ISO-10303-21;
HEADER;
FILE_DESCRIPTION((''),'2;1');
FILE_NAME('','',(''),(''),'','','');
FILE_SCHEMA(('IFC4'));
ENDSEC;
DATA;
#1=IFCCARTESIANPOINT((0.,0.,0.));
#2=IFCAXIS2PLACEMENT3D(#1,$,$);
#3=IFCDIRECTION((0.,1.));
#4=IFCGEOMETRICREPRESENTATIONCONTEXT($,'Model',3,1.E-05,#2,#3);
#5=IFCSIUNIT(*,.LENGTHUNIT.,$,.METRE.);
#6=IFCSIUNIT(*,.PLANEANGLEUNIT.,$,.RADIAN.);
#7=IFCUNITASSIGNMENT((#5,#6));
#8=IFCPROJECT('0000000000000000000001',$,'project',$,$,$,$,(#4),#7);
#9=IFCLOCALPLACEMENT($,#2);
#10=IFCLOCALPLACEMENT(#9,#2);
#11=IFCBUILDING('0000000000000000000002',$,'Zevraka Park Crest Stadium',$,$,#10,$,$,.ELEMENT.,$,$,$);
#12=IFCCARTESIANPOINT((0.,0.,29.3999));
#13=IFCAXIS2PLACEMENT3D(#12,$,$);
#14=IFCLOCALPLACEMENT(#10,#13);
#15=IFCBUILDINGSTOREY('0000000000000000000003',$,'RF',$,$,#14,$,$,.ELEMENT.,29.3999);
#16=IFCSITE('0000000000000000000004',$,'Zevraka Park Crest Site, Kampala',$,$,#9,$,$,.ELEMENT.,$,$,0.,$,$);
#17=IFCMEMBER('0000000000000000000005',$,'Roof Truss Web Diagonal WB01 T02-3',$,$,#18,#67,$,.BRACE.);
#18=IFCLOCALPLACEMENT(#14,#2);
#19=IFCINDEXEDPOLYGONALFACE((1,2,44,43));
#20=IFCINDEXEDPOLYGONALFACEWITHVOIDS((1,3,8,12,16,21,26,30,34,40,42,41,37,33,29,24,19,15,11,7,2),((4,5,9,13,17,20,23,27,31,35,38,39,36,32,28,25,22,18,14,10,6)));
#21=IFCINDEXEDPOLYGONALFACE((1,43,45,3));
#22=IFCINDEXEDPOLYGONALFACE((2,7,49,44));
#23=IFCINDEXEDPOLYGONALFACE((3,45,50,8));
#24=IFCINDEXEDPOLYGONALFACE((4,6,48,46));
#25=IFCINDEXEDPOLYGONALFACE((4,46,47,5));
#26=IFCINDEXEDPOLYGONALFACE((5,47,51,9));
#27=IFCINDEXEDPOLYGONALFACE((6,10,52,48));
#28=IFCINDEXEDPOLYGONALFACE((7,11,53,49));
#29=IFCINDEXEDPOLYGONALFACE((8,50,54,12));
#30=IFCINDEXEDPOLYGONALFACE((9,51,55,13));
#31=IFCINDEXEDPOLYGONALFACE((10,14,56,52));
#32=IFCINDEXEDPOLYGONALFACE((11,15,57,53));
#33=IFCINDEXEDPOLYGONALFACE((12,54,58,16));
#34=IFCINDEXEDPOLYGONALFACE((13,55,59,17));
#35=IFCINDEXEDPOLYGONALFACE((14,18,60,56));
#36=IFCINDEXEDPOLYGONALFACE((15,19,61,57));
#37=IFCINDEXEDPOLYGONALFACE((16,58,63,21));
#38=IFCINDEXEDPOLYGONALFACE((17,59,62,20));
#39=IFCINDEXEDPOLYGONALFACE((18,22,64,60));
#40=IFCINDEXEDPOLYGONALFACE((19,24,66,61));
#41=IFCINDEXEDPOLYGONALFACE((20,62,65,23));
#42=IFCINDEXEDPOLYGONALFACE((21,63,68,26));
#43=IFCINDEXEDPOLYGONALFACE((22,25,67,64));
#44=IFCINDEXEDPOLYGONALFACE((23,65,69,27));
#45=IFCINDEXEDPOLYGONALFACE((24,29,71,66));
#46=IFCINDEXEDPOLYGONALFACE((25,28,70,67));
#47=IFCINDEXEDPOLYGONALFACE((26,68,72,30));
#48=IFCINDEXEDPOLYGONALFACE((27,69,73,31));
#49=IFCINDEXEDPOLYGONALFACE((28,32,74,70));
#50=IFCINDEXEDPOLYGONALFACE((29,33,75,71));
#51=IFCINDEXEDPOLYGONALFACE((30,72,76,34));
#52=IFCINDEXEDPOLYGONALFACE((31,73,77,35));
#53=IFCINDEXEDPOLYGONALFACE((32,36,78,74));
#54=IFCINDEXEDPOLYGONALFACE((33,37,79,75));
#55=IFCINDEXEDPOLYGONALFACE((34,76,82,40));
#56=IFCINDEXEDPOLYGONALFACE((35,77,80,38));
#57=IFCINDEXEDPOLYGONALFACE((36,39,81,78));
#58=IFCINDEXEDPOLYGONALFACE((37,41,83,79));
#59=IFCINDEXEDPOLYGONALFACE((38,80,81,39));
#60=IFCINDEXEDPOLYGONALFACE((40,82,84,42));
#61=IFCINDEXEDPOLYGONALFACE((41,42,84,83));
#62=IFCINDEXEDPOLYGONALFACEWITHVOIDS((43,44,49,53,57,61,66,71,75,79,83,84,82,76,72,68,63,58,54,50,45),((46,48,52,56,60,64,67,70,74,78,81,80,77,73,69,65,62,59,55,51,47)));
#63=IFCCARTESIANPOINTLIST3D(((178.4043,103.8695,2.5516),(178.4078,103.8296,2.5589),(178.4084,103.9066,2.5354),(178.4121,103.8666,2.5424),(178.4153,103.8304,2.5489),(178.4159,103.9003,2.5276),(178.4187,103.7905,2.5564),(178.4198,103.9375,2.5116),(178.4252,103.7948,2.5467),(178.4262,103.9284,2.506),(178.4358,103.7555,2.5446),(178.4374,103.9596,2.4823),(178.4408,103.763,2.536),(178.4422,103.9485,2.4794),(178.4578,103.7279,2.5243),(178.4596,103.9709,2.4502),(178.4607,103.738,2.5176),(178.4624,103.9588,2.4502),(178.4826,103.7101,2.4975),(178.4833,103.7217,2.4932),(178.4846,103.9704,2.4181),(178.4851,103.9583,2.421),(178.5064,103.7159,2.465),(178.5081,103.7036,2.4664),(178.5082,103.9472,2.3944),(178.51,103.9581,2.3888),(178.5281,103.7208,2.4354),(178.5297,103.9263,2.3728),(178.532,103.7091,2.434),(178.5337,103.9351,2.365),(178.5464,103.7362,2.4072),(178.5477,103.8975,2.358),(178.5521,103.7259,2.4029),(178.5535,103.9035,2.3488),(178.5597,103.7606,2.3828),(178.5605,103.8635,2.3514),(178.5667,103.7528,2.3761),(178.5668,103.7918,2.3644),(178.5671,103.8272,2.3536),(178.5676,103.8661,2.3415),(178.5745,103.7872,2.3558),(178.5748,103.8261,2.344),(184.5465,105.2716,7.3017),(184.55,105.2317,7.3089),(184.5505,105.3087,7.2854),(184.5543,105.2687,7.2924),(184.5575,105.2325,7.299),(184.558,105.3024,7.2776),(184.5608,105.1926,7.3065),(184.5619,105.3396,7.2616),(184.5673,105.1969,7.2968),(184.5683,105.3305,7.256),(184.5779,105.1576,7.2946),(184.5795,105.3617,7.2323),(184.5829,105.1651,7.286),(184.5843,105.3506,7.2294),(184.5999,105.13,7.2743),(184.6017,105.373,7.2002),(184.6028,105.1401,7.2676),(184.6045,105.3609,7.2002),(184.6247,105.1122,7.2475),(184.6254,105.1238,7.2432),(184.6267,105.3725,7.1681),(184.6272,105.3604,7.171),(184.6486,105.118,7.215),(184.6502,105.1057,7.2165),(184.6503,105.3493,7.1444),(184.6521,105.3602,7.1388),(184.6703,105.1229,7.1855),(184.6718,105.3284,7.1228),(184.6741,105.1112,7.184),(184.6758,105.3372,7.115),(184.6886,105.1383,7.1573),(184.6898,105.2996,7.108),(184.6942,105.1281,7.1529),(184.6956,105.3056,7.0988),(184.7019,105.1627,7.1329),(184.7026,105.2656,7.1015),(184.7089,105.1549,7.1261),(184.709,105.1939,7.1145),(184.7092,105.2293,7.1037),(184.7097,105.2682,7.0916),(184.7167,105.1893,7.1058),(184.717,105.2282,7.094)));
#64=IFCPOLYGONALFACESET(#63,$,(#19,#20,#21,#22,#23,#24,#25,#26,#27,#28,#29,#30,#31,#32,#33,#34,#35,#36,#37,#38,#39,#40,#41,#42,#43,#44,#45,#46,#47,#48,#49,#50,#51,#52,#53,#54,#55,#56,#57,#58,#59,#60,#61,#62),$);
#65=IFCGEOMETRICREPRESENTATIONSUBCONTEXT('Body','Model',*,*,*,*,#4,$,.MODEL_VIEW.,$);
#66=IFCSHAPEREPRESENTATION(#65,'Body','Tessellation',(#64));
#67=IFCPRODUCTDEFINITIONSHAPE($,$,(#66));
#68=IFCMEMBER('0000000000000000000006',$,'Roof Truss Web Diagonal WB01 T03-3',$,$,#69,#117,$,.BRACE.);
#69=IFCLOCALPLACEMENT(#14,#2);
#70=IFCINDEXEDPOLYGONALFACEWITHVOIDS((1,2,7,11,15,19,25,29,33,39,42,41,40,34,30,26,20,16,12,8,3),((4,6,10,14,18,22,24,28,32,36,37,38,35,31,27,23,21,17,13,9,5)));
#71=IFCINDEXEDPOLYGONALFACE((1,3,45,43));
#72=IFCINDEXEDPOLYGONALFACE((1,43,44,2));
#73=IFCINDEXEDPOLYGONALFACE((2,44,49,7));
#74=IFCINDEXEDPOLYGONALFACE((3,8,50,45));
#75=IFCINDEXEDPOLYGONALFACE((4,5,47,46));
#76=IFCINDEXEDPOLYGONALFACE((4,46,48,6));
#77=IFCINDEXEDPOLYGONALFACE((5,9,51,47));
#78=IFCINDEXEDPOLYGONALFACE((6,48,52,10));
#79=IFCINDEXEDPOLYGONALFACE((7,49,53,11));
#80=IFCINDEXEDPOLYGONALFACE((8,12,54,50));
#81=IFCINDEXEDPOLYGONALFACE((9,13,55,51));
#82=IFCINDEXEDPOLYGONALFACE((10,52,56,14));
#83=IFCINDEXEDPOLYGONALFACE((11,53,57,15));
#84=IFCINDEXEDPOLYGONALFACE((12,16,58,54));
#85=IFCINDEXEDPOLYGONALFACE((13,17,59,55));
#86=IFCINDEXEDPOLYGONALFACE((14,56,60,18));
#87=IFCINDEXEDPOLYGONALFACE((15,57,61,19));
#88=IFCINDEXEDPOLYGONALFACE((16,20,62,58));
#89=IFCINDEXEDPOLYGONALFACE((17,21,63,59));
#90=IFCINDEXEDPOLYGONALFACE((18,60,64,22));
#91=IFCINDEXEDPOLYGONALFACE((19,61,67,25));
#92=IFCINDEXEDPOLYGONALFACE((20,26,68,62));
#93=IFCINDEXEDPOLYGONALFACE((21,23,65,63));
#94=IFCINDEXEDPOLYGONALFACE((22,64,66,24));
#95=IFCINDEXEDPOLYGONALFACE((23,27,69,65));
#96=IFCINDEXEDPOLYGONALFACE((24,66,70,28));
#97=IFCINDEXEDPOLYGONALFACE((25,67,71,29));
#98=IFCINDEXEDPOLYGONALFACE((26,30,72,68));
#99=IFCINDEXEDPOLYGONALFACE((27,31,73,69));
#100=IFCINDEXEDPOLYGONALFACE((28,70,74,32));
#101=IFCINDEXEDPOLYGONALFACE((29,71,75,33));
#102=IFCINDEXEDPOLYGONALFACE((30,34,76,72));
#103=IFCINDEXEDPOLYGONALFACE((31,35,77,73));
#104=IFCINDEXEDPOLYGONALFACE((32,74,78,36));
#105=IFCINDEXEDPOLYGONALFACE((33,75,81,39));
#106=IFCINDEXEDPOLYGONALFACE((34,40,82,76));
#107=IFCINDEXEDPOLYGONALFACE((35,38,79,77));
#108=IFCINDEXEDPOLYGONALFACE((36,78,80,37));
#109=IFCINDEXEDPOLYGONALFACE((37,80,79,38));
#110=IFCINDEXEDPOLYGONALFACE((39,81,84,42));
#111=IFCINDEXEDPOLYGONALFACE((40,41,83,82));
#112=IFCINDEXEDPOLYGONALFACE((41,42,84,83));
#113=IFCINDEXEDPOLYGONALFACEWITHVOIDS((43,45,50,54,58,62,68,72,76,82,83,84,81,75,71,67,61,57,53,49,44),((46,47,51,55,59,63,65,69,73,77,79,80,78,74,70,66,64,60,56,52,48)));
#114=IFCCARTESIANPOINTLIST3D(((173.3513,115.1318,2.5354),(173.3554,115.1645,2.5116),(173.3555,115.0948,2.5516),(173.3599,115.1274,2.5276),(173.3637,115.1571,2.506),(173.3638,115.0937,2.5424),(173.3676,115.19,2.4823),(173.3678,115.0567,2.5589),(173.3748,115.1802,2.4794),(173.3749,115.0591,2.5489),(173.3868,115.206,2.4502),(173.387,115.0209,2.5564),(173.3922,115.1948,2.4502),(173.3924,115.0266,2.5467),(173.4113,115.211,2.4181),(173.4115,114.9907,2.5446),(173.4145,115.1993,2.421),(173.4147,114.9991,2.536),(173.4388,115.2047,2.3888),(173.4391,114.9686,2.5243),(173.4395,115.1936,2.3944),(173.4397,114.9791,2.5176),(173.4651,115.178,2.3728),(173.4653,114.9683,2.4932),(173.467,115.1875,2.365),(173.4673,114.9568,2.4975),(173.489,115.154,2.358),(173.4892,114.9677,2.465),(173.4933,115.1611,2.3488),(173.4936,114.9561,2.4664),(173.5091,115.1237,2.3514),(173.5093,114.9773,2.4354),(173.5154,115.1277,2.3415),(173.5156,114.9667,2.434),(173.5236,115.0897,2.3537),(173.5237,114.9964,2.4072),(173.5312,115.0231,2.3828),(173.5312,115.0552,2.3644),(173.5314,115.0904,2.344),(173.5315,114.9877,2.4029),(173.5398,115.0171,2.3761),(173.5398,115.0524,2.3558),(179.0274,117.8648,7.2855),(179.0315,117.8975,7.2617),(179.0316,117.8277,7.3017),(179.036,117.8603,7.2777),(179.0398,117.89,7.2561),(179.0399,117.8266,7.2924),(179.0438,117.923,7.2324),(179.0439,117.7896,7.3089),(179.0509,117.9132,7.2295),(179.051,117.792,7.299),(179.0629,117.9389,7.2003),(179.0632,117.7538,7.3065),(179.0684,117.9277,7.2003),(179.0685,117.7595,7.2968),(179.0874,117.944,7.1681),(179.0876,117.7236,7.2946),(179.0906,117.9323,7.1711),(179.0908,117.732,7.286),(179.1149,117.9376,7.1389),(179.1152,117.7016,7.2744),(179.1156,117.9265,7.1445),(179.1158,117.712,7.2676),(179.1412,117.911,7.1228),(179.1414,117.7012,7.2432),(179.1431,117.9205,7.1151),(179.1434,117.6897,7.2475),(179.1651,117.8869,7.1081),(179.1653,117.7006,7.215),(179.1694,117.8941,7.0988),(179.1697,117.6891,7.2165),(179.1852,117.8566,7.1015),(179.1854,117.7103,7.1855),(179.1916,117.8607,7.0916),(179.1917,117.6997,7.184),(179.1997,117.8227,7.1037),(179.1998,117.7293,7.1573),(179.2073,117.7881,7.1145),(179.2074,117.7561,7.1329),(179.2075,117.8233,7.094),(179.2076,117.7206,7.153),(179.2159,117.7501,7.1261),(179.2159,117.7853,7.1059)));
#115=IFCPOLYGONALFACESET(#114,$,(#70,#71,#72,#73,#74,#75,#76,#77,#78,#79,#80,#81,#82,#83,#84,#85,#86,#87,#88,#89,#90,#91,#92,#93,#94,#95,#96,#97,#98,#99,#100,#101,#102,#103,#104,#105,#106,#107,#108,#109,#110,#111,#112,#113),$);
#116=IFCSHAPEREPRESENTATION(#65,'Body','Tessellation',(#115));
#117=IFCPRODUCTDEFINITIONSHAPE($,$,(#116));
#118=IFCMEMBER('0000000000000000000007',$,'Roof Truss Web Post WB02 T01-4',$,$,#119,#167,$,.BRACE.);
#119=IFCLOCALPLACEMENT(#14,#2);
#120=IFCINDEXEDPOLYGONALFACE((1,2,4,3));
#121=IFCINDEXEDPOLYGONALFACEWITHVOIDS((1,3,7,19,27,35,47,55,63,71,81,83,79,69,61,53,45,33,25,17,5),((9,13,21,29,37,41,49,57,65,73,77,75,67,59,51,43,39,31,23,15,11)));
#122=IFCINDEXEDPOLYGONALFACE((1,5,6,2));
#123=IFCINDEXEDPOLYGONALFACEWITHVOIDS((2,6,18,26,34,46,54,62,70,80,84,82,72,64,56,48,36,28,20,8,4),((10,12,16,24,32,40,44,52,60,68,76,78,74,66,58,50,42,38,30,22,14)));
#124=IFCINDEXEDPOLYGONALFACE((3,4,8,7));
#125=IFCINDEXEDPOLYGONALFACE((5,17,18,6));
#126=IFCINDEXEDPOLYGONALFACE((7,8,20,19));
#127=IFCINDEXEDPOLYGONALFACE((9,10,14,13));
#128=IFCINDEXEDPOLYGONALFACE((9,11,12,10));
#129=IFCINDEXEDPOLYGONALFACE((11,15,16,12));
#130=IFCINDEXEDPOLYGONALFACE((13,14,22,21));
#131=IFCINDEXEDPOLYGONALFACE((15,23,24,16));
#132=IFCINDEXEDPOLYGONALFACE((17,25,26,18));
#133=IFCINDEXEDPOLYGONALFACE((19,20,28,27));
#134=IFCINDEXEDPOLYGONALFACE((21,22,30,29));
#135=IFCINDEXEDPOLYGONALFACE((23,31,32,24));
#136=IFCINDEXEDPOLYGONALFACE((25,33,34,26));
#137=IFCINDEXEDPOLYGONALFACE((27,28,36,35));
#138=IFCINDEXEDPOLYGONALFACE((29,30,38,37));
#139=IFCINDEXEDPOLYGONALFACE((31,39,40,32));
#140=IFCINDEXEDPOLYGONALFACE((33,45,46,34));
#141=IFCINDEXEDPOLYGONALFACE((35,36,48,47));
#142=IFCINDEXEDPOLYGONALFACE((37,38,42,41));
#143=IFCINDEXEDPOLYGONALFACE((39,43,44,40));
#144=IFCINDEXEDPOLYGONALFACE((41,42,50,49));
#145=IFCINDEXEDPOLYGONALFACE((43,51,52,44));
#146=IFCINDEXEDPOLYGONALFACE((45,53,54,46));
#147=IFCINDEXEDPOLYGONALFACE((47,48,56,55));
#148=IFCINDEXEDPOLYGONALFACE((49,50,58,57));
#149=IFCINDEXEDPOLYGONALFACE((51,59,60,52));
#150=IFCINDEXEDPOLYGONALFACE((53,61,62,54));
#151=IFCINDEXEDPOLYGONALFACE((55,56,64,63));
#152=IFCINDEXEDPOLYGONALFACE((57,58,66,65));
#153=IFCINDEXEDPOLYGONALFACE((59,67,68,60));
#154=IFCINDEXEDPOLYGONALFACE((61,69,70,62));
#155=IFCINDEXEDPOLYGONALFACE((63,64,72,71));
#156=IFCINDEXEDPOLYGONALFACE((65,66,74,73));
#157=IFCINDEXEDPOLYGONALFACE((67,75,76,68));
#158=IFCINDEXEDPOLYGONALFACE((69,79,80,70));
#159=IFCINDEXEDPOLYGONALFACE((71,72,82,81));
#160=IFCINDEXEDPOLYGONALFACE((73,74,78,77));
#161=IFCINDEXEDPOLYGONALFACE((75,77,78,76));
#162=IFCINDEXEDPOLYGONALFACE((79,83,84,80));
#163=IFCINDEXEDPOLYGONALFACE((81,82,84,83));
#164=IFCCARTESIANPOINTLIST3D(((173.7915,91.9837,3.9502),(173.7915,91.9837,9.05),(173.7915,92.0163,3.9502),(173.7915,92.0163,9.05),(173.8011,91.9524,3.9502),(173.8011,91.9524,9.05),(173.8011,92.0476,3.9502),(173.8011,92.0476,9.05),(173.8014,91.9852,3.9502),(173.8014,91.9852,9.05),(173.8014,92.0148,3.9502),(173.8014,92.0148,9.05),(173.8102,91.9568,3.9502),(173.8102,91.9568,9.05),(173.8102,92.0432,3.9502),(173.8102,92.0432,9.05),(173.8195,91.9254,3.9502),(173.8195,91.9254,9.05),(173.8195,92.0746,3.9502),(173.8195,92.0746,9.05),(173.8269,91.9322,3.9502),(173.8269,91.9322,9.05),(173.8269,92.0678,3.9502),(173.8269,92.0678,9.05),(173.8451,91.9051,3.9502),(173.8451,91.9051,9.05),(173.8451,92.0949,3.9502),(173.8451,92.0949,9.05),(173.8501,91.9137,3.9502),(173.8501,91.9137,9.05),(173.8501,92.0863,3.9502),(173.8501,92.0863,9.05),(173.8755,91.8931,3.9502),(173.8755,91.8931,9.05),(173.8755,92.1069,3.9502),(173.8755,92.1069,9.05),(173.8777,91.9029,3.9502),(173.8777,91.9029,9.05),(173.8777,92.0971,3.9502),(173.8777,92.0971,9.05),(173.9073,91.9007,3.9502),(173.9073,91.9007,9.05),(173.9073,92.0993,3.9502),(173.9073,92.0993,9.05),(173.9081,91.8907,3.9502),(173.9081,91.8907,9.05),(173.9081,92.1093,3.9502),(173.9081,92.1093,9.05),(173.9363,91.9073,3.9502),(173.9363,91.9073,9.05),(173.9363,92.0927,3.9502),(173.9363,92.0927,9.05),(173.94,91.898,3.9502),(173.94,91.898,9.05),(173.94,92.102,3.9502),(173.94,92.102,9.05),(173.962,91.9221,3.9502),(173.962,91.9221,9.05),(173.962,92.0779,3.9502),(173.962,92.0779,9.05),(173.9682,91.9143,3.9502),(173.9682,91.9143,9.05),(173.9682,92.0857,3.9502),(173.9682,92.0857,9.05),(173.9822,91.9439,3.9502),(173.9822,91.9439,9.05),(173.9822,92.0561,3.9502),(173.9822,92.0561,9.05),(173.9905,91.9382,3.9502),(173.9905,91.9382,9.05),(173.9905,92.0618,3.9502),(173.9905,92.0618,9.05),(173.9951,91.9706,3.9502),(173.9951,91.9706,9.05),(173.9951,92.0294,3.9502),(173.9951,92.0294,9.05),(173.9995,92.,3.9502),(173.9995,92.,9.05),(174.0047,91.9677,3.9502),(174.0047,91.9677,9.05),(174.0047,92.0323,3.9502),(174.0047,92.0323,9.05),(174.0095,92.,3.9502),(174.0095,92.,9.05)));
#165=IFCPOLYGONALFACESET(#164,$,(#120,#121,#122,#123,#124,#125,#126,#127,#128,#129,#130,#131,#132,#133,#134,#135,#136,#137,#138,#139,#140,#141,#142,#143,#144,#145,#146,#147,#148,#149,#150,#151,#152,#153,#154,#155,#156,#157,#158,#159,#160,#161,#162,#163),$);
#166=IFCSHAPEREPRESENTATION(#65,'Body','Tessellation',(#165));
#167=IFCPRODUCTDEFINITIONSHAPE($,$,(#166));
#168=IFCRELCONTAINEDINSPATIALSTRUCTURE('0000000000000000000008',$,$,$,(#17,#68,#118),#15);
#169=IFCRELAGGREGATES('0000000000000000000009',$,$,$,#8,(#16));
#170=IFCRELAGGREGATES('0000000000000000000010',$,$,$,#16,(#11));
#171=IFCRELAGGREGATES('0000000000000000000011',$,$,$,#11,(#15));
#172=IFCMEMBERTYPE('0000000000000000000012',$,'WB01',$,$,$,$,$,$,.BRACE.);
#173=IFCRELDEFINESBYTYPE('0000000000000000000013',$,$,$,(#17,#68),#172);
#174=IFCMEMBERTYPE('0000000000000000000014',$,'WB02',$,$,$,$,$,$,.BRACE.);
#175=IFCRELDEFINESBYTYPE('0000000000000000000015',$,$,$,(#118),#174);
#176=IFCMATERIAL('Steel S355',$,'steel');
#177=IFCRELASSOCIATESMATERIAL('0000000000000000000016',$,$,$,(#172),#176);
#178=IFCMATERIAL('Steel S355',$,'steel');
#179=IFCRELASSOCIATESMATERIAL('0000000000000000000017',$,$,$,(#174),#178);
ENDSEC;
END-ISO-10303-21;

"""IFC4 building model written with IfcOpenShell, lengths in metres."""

from ifc_helpers import new_model, si_unit, direction, frame, origin, origin_2d, place, context, subcontext, project, spatial, hollow_circle, extrude, material, material_profile, profile_set, type_object, element, save


model = new_model("IFC4")

# Units and contexts
model_context = context("Model", 3, precision=1e-05, world=origin(), true_north=direction((0.0, 1.0)))
body_context = subcontext(model_context, "Body", "Model", "MODEL_VIEW")
ifc_project = project(units=[si_unit("LENGTHUNIT", "METRE"), si_unit("PLANEANGLEUNIT", "RADIAN")], contexts=[model_context])

# Site, building, storey
site_placement = place(None, origin())
site = spatial("IfcSite", under=ifc_project, at=site_placement, Name="Zevraka Park Crest Site, Kampala", CompositionType="ELEMENT", RefElevation=0.0)
building_placement = place(site_placement, origin())
building = spatial("IfcBuilding", under=site, at=building_placement, Name="Zevraka Park Crest Stadium", CompositionType="ELEMENT")
storey_placement = place(building_placement, frame((0.0, 0.0, 29.3999)))
storey = spatial("IfcBuildingStorey", under=building, at=storey_placement, Name="RF", CompositionType="ELEMENT", Elevation=29.3999)

# Members
ifc_material_1 = material(Name="Steel S355", Category="steel")
ifc_material_profile_1 = material_profile(ifc_material_1, hollow_circle(Radius=0.1365, WallThickness=0.0125, at=origin_2d()), Name="CHS 273.0x12.5")
ifc_profile_set_1 = profile_set([ifc_material_profile_1], Name="Steel S355")
member_type_1 = type_object("IfcMemberType", Name="WB01", PredefinedType="BRACE", material=ifc_profile_set_1)
for number, where, z_axis, x_axis, name in (
    (1, (178.49, 103.8379, 2.4502), (0.778455, 0.177704, 0.60202), (-0.222552, 0.974921, 0.0), "Roof Truss Web Diagonal WB01 T02-3"),
):
    element("IfcMember", number, at=place(storey_placement, frame(where, z_axis=z_axis, x_axis=x_axis)), inside=storey, type_object=member_type_1, Name=name, PredefinedType="BRACE", context=body_context, shape_type="SweptSolid", body=[
        extrude(hollow_circle(Radius=0.1365, WallThickness=0.0125, at=origin_2d()), origin(), (0.0, 0.0, 1.0), 7.8901),
    ])
member_1_placement = place(storey_placement, frame((173.446, 115.083, 2.4502), z_axis=(0.719415, 0.346386, 0.602045), x_axis=(-0.433817, 0.901001, 0.0)))
element("IfcMember", 2, at=member_1_placement, inside=storey, type_object=member_type_1, Name="Roof Truss Web Diagonal WB01 T03-3", PredefinedType="BRACE", context=body_context, shape_type="SweptSolid", body=[
    extrude(hollow_circle(Radius=0.1365, WallThickness=0.0125, at=origin_2d()), origin(), (0.0, 0.0, 1.0), 7.8899),
])
ifc_material_2 = material(Name="Steel S355", Category="steel")
ifc_material_profile_2 = material_profile(ifc_material_2, hollow_circle(Radius=0.1096, WallThickness=0.01, at=origin_2d()), Name="CHS 219.1x10")
ifc_profile_set_2 = profile_set([ifc_material_profile_2], Name="Steel S355")
member_type_2 = type_object("IfcMemberType", Name="WB02", PredefinedType="BRACE", material=ifc_profile_set_2)
member_2_placement = place(storey_placement, frame((173.8999, 92.0, 3.9502), z_axis=(0.0, 0.0, 1.0), x_axis=(1.0, 0.0, 0.0)))
element("IfcMember", 3, at=member_2_placement, inside=storey, type_object=member_type_2, Name="Roof Truss Web Post WB02 T01-4", PredefinedType="BRACE", context=body_context, shape_type="SweptSolid", body=[
    extrude(hollow_circle(Radius=0.1096, WallThickness=0.01, at=origin_2d()), origin(), (0.0, 0.0, 1.0), 5.0999),
])

save(model, "model.ifc")
